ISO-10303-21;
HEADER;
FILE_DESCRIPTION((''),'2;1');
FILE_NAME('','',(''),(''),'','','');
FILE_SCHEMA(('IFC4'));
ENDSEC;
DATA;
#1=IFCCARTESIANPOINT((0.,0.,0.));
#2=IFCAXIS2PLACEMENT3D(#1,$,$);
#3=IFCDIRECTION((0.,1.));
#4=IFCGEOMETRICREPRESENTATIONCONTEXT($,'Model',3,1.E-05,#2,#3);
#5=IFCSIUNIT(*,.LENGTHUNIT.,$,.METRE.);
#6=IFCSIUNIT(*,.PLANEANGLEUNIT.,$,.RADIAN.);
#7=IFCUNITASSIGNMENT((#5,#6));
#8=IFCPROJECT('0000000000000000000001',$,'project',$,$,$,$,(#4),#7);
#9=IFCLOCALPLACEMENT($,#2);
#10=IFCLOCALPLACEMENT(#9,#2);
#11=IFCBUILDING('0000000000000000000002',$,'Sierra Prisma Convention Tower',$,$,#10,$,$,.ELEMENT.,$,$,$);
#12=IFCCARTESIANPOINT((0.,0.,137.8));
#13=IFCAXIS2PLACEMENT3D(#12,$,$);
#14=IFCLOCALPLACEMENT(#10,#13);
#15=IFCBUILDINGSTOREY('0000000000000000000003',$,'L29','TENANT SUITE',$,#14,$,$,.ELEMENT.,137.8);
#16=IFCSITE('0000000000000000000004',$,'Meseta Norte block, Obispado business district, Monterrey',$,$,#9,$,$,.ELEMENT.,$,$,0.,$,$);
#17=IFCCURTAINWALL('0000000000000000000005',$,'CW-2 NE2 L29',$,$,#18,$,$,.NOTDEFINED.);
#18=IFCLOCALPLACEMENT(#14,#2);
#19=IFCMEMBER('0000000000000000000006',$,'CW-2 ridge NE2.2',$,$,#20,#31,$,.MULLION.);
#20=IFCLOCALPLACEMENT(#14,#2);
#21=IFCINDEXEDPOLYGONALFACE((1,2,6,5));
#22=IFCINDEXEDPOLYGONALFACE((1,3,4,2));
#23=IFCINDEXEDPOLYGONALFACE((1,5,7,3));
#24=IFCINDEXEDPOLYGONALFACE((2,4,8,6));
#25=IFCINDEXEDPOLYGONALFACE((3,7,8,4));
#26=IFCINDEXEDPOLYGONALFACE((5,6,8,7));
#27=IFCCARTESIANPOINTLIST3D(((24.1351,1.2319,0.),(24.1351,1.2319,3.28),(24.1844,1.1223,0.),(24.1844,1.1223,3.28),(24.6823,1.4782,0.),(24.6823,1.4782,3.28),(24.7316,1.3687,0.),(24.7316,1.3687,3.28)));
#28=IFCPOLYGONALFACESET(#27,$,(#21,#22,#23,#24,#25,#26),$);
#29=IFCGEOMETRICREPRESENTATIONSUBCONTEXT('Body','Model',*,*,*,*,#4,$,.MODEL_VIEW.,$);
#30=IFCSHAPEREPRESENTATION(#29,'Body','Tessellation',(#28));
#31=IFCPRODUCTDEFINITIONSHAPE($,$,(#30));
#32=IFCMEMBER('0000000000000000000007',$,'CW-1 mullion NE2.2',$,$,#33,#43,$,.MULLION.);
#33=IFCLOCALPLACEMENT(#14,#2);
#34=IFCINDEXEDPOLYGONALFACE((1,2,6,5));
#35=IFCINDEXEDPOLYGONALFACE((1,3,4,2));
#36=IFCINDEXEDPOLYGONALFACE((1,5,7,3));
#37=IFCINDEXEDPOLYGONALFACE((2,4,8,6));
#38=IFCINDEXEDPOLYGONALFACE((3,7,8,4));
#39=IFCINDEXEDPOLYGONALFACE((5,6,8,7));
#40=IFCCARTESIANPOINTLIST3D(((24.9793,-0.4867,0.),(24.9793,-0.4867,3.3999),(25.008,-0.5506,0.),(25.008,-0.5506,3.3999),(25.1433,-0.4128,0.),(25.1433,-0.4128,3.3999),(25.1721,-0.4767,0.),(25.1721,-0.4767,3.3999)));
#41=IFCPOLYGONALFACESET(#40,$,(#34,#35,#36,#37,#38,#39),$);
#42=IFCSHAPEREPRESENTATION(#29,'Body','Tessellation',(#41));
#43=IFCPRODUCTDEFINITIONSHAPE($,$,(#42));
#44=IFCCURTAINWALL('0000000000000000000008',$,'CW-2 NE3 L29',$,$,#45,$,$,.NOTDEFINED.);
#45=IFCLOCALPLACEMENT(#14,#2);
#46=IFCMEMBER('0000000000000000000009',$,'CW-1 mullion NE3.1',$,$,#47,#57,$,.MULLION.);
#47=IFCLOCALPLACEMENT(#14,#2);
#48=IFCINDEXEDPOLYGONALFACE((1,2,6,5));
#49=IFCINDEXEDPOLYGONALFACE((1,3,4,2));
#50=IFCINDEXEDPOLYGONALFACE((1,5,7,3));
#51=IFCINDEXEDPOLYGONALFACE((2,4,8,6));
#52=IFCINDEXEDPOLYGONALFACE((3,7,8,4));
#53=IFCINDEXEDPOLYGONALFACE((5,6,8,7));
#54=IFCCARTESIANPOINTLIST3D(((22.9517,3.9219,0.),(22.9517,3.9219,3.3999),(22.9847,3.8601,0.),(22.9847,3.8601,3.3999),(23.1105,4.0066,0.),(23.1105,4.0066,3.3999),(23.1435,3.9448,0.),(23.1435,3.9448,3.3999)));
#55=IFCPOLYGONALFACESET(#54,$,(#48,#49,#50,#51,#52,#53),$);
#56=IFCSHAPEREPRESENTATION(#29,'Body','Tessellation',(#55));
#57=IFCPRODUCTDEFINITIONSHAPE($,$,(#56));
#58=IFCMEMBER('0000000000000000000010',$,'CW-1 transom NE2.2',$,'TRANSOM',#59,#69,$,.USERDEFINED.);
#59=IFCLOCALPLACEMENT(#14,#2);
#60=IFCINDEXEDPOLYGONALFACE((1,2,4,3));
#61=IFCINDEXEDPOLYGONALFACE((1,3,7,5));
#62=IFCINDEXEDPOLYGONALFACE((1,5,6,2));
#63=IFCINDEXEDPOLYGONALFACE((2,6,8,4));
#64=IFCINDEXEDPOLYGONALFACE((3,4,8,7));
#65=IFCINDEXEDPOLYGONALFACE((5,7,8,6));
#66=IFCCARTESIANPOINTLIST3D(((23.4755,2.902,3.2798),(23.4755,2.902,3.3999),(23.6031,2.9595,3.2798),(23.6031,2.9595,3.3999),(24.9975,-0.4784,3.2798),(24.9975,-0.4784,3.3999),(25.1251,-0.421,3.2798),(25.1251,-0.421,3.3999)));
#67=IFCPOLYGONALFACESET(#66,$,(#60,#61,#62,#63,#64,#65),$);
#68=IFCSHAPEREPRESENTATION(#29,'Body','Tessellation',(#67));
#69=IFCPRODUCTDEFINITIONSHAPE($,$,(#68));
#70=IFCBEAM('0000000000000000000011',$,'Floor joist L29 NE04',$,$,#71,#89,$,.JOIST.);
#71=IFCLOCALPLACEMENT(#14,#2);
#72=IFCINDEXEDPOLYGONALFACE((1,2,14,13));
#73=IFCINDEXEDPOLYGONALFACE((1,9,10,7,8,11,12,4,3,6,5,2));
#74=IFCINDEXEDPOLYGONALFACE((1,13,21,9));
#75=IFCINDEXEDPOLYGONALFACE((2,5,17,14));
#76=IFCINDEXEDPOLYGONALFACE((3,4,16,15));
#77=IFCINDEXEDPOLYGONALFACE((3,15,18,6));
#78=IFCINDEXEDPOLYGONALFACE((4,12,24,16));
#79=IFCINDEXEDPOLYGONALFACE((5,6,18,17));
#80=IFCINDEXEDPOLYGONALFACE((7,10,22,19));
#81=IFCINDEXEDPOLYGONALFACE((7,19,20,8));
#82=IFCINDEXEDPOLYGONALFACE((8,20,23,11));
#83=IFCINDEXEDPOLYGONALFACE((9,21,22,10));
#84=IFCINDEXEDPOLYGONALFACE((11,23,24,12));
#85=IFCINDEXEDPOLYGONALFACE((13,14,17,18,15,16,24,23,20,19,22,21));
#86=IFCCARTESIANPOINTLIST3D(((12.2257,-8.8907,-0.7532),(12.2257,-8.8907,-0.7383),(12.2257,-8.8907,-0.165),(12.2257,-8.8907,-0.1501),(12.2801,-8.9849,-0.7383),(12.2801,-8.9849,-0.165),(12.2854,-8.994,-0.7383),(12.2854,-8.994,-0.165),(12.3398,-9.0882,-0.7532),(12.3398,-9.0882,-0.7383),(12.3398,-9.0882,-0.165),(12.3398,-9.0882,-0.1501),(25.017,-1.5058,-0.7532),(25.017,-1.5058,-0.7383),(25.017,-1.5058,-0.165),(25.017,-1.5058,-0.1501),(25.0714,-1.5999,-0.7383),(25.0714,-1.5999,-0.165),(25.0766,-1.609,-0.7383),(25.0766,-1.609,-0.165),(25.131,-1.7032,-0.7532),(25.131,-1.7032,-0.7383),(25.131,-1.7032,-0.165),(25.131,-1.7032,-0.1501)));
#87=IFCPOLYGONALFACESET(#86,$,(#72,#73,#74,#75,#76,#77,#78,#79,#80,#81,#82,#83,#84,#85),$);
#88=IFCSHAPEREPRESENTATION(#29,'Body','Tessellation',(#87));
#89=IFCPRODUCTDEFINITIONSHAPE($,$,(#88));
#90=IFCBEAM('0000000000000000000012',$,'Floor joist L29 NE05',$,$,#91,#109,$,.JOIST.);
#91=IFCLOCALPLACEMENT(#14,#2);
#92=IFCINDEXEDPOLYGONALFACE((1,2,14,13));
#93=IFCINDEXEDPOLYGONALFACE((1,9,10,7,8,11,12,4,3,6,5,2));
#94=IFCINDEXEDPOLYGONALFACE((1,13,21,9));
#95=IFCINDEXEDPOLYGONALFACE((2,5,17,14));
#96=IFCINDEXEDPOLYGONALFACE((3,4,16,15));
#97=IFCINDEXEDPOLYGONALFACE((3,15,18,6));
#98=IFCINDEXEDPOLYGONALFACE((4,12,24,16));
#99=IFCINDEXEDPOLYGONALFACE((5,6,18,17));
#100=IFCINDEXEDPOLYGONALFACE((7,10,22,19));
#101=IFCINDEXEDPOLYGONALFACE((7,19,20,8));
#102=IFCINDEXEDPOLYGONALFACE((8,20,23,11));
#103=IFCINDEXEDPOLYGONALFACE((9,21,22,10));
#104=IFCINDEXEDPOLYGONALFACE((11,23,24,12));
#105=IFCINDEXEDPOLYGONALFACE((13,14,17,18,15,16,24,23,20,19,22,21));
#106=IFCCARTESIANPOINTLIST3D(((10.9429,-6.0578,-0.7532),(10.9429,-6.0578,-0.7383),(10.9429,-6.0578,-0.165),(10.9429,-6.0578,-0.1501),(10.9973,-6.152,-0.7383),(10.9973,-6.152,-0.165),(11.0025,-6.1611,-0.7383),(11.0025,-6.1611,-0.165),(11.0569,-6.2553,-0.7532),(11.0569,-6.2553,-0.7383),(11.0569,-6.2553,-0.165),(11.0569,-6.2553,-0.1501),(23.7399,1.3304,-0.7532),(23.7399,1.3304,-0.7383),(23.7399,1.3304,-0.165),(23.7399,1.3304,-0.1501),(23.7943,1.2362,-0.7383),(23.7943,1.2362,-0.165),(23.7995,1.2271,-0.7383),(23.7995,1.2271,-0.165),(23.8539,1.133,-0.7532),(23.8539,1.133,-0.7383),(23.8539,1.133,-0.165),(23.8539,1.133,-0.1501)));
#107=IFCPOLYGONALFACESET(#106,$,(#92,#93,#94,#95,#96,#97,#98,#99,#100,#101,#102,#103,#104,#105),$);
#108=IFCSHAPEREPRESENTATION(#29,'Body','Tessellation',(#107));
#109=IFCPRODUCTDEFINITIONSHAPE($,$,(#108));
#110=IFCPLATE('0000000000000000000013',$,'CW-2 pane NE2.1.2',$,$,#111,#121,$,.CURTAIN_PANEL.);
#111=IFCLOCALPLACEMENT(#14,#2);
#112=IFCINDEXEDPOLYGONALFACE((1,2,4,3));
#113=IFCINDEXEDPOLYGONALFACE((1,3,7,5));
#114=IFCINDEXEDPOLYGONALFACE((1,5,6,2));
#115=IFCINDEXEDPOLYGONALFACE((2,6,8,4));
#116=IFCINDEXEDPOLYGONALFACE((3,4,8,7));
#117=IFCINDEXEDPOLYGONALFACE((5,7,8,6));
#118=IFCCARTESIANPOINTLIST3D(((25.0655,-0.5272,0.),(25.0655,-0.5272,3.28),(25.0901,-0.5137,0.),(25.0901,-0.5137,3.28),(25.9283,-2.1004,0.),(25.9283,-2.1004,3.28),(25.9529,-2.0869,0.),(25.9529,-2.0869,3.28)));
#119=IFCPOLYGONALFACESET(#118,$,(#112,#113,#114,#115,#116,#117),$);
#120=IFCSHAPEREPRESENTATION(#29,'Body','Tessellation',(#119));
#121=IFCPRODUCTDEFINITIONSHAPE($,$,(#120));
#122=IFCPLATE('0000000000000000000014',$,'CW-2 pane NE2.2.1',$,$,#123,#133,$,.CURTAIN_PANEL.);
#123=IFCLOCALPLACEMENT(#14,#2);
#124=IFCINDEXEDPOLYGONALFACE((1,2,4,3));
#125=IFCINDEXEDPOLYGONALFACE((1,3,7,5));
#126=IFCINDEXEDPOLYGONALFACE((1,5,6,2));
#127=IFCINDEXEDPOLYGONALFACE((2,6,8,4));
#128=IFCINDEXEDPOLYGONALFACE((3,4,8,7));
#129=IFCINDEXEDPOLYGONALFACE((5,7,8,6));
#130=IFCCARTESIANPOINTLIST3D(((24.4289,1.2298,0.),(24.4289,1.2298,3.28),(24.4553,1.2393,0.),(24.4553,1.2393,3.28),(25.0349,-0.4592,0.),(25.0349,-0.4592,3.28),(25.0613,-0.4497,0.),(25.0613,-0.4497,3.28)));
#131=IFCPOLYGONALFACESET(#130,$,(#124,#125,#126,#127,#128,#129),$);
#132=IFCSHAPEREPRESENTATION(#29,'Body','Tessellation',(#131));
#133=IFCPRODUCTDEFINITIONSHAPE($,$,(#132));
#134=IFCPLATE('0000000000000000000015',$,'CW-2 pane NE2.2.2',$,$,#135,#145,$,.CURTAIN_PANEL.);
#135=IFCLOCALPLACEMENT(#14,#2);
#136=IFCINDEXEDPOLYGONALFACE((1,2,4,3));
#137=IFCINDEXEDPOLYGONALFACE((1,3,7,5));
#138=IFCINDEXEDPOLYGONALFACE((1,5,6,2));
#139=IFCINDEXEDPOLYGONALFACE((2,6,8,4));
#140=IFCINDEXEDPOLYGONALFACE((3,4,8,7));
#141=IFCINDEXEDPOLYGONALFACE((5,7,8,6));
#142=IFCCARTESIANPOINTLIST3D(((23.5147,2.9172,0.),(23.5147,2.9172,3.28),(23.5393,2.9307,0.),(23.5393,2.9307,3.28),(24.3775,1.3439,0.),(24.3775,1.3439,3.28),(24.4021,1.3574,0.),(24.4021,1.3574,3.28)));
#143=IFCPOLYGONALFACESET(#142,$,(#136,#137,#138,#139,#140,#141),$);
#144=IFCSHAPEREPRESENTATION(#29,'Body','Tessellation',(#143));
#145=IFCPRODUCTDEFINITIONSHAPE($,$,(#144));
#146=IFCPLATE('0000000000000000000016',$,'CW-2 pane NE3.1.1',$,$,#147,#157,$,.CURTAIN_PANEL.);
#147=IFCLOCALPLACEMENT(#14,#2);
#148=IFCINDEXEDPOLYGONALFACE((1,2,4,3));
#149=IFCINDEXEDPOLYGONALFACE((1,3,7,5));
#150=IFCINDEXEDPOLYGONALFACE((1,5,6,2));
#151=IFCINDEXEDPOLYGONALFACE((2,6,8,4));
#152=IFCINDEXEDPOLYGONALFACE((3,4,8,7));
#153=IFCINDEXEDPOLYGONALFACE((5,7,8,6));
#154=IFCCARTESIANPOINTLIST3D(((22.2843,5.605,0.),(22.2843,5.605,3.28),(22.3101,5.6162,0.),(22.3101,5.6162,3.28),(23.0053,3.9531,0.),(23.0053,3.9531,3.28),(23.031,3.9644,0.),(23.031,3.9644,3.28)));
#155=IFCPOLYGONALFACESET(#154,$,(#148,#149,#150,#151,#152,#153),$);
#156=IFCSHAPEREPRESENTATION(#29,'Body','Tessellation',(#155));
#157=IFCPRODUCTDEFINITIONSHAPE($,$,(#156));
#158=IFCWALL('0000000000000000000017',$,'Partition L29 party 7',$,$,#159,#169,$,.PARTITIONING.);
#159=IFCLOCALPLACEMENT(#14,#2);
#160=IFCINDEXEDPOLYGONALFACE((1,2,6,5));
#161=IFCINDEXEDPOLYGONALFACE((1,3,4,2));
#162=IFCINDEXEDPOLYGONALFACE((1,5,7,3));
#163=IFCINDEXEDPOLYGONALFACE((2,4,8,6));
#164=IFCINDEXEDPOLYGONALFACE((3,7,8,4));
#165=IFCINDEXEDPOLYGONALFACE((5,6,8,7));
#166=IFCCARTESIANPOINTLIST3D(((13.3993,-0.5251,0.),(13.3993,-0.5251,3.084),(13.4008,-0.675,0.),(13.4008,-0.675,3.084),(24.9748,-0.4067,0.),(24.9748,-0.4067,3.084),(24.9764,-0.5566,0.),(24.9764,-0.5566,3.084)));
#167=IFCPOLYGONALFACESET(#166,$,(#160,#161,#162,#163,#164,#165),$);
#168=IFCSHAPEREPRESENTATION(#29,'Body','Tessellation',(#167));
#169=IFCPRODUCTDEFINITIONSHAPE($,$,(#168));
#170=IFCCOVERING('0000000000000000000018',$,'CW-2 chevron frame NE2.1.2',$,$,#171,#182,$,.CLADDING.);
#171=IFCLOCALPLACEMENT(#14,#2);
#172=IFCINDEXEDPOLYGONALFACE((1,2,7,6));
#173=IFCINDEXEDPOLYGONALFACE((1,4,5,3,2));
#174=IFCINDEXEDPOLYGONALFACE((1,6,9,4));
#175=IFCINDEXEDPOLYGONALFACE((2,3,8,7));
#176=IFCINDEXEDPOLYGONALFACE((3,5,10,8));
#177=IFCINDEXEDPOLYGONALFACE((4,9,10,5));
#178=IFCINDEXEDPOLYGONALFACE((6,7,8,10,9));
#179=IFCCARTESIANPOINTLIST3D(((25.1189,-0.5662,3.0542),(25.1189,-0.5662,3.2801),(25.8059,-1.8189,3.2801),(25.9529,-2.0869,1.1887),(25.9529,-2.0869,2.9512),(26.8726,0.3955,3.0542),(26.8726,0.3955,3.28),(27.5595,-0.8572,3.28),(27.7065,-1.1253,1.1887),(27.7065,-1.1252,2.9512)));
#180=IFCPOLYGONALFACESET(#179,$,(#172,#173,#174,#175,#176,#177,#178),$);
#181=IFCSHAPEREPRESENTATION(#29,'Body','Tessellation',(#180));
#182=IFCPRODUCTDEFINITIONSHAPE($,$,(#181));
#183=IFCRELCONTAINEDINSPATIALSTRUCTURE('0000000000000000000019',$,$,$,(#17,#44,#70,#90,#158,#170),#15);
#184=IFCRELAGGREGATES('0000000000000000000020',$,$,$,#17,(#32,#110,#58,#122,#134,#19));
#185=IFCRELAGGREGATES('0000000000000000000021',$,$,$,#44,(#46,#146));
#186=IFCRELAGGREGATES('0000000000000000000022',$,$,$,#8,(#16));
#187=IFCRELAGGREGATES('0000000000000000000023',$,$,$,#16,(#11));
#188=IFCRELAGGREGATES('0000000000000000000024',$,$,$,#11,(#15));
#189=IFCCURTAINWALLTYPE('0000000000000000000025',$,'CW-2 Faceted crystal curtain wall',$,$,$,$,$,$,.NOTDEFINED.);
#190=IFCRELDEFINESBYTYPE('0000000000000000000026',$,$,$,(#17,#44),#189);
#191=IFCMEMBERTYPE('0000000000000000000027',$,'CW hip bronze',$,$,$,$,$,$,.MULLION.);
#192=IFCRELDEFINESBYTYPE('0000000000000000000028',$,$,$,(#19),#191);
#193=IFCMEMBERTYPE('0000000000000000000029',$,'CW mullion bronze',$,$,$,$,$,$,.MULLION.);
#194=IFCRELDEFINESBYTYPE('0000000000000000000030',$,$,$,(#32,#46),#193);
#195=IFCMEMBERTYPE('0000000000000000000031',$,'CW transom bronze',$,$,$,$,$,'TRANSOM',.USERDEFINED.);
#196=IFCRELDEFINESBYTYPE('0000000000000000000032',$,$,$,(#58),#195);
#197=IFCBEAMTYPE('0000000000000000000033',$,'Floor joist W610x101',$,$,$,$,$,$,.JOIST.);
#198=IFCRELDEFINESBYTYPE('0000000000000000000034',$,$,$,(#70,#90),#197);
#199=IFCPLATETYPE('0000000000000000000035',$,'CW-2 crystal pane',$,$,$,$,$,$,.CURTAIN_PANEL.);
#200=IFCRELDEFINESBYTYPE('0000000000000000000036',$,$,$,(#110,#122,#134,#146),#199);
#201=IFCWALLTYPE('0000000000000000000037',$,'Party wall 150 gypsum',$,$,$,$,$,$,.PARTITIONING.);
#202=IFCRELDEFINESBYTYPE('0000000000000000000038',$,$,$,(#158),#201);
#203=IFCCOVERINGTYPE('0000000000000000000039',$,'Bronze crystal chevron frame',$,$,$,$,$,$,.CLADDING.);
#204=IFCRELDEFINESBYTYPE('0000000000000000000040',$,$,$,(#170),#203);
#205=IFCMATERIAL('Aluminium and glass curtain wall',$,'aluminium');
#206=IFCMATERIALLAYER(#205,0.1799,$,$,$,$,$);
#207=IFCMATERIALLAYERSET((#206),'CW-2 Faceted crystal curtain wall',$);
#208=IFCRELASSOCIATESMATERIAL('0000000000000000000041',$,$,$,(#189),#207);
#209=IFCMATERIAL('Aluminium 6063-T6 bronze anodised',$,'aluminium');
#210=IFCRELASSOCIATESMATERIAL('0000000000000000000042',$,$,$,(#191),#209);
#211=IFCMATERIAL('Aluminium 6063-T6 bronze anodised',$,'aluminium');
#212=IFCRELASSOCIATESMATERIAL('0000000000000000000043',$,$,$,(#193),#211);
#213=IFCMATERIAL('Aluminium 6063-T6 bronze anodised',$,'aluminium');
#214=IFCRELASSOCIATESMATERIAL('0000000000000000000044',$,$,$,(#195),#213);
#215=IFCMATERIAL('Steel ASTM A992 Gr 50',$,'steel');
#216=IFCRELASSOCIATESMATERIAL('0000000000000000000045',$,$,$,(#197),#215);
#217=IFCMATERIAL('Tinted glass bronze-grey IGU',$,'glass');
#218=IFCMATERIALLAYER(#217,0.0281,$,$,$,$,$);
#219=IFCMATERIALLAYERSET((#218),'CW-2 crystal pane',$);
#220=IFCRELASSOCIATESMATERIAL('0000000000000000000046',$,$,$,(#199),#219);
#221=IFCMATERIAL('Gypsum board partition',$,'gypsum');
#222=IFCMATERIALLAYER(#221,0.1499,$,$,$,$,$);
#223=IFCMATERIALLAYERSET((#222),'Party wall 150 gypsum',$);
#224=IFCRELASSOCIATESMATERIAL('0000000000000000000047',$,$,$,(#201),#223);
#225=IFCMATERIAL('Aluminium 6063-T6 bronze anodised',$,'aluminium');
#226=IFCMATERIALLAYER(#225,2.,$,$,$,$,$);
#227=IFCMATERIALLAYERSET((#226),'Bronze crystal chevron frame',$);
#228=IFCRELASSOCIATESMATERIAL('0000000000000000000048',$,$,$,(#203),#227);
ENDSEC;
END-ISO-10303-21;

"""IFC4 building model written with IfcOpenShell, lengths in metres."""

from ifc_helpers import new_model, si_unit, direction, frame, frame_2d, origin, origin_2d, place, context, subcontext, project, spatial, polyline, rectangle, i_section, outline, extrude, material, layer, layer_set, material_profile, profile_set, type_object, element, aggregate, save


model = new_model("IFC4")

# Units and contexts
model_context = context("Model", 3, precision=1e-05, world=origin(), true_north=direction((0.0, 1.0)))
body_context = subcontext(model_context, "Body", "Model", "MODEL_VIEW")
ifc_project = project(units=[si_unit("LENGTHUNIT", "METRE"), si_unit("PLANEANGLEUNIT", "RADIAN")], contexts=[model_context])

# Site, building, storey
site_placement = place(None, origin())
site = spatial("IfcSite", under=ifc_project, at=site_placement, Name="Meseta Norte block, Obispado business district, Monterrey", CompositionType="ELEMENT", RefElevation=0.0)
building_placement = place(site_placement, origin())
building = spatial("IfcBuilding", under=site, at=building_placement, Name="Sierra Prisma Convention Tower", CompositionType="ELEMENT")
storey_placement = place(building_placement, frame((0.0, 0.0, 137.8)))
storey = spatial("IfcBuildingStorey", under=building, at=storey_placement, Name="L29", Description="TENANT SUITE", CompositionType="ELEMENT", Elevation=137.8)

# Curtain wall, members
ifc_material_1 = material(Name="Aluminium and glass curtain wall", Category="aluminium")
ifc_layer_1 = layer(ifc_material_1, 0.1799)
ifc_layer_set_1 = layer_set([ifc_layer_1], Name="CW-2 Faceted crystal curtain wall")
curtain_wall_type = type_object("IfcCurtainWallType", Name="CW-2 Faceted crystal curtain wall", PredefinedType="NOTDEFINED", material=ifc_layer_set_1)
curtain_wall_1_placement = place(storey_placement, origin())
curtain_wall_1 = element("IfcCurtainWall", 1, at=curtain_wall_1_placement, inside=storey, type_object=curtain_wall_type, Name="CW-2 NE2 L29", PredefinedType="NOTDEFINED")
ifc_material_2 = material(Name="Aluminium 6063-T6 bronze anodised", Category="aluminium")
ifc_material_profile_1 = material_profile(ifc_material_2, rectangle(XDim=0.1201, YDim=0.6001, at=origin_2d()), Name="ALU RIDGE BLADE 120x600")
ifc_profile_set_1 = profile_set([ifc_material_profile_1], Name="Aluminium 6063-T6 bronze anodised")
member_type_1 = type_object("IfcMemberType", Name="CW hip bronze", PredefinedType="MULLION", material=ifc_profile_set_1)
member_1_placement = place(storey_placement, frame((24.4333, 1.3003, 0.0), z_axis=(0.0, 0.0, 1.0), x_axis=(-0.410562, 0.911833, 0.0)))
member_1 = element("IfcMember", 2, at=member_1_placement, type_object=member_type_1, Name="CW-2 ridge NE2.2", PredefinedType="MULLION", context=body_context, shape_type="SweptSolid", body=[
    extrude(rectangle(XDim=0.1201, YDim=0.6001, at=origin_2d()), origin(), (0.0, 0.0, 1.0), 3.28),
])
ifc_material_3 = material(Name="Aluminium 6063-T6 bronze anodised", Category="aluminium")
ifc_material_profile_2 = material_profile(ifc_material_3, rectangle(XDim=0.1799, YDim=0.0701, at=origin_2d()), Name="ALU MULLION 70x180")
ifc_profile_set_2 = profile_set([ifc_material_profile_2], Name="Aluminium 6063-T6 bronze anodised")
member_type_2 = type_object("IfcMemberType", Name="CW mullion bronze", PredefinedType="MULLION", material=ifc_profile_set_2)
member_2_placement = place(storey_placement, frame((25.0757, -0.4817, 0.0), z_axis=(0.0, 0.0, 1.0), x_axis=(-0.911833, -0.410562, 0.0)))
member_2 = element("IfcMember", 3, at=member_2_placement, type_object=member_type_2, Name="CW-1 mullion NE2.2", PredefinedType="MULLION", context=body_context, shape_type="SweptSolid", body=[
    extrude(rectangle(XDim=0.1799, YDim=0.0701, at=origin_2d()), origin(), (0.0, 0.0, 1.0), 3.3999),
])

# Curtain wall, member
curtain_wall_2_placement = place(storey_placement, origin())
curtain_wall_2 = element("IfcCurtainWall", 4, at=curtain_wall_2_placement, inside=storey, type_object=curtain_wall_type, Name="CW-2 NE3 L29", PredefinedType="NOTDEFINED")
member_3_placement = place(storey_placement, frame((23.0476, 3.9333, 0.0), z_axis=(0.0, 0.0, 1.0), x_axis=(-0.882291, -0.470705, 0.0)))
member_3 = element("IfcMember", 5, at=member_3_placement, type_object=member_type_2, Name="CW-1 mullion NE3.1", PredefinedType="MULLION", context=body_context, shape_type="SweptSolid", body=[
    extrude(rectangle(XDim=0.1799, YDim=0.0701, at=origin_2d()), origin(), (0.0, 0.0, 1.0), 3.3999),
])

# Member
ifc_material_4 = material(Name="Aluminium 6063-T6 bronze anodised", Category="aluminium")
ifc_material_profile_3 = material_profile(ifc_material_4, rectangle(XDim=0.1399, YDim=0.1201, at=origin_2d()), Name="ALU TRANSOM 120x140")
ifc_profile_set_3 = profile_set([ifc_material_profile_3], Name="Aluminium 6063-T6 bronze anodised")
member_type_3 = type_object("IfcMemberType", Name="CW transom bronze", ElementType="TRANSOM", PredefinedType="USERDEFINED", material=ifc_profile_set_3)
member_4_placement = place(storey_placement, frame((25.0613, -0.4497, 3.3398), z_axis=(-0.410545, 0.91184, 0.0), x_axis=(-0.91184, -0.410545, 0.0)))
member_4 = element("IfcMember", 6, at=member_4_placement, type_object=member_type_3, Name="CW-1 transom NE2.2", ObjectType="TRANSOM", PredefinedType="USERDEFINED", context=body_context, shape_type="SweptSolid", body=[
    extrude(rectangle(XDim=0.1399, YDim=0.1201, at=origin_2d()), origin(), (0.0, 0.0, 1.0), 3.7073),
])

# Beams
ifc_material_5 = material(Name="Steel ASTM A992 Gr 50", Category="steel")
ifc_material_profile_4 = material_profile(ifc_material_5, i_section(OverallWidth=0.228, OverallDepth=0.603, WebThickness=0.0105, FlangeThickness=0.0149, at=origin_2d()), Name="W610x101")
ifc_profile_set_4 = profile_set([ifc_material_profile_4], Name="Steel ASTM A992 Gr 50")
beam_type = type_object("IfcBeamType", Name="Floor joist W610x101", PredefinedType="JOIST", material=ifc_profile_set_4)
beam_1_placement = place(storey_placement, frame((25.074, -1.6045, -0.4517), z_axis=(-0.866026, -0.499999, 0.0), x_axis=(0.499999, -0.866026, 0.0)))
element("IfcBeam", 7, at=beam_1_placement, inside=storey, type_object=beam_type, Name="Floor joist L29 NE04", PredefinedType="JOIST", context=body_context, shape_type="SweptSolid", body=[
    extrude(i_section(OverallWidth=0.228, OverallDepth=0.603, WebThickness=0.0105, FlangeThickness=0.0149, at=origin_2d()), origin(), (0.0, 0.0, 1.0), 14.77),
])
beam_2_placement = place(storey_placement, frame((23.7969, 1.2317, -0.4517), z_axis=(-0.866028, -0.499995, 0.0), x_axis=(0.499995, -0.866028, 0.0)))
element("IfcBeam", 8, at=beam_2_placement, inside=storey, type_object=beam_type, Name="Floor joist L29 NE05", PredefinedType="JOIST", context=body_context, shape_type="SweptSolid", body=[
    extrude(i_section(OverallWidth=0.228, OverallDepth=0.603, WebThickness=0.0105, FlangeThickness=0.0149, at=origin_2d()), origin(), (0.0, 0.0, 1.0), 14.7766),
])

# Plates
ifc_material_6 = material(Name="Tinted glass bronze-grey IGU", Category="glass")
ifc_layer_2 = layer(ifc_material_6, 0.0281)
ifc_layer_set_2 = layer_set([ifc_layer_2], Name="CW-2 crystal pane")
plate_type = type_object("IfcPlateType", Name="CW-2 crystal pane", PredefinedType="CURTAIN_PANEL", material=ifc_layer_set_2)
plate_1_placement = place(storey_placement, frame((25.0901, -0.5137, 0.0), z_axis=(0.876801, 0.480853, 0.0), x_axis=(0.480853, -0.876801, 0.0)))
plate_1 = element("IfcPlate", 9, at=plate_1_placement, type_object=plate_type, Name="CW-2 pane NE2.1.2", PredefinedType="CURTAIN_PANEL", context=body_context, shape_type="SweptSolid", body=[
    extrude(outline(polyline([(0.0, 0.0), (1.7943, 0.0), (1.7943, -3.28), (0.0, -3.28), (0.0, 0.0)])), origin(), (0.0, 0.0, -1.0), 0.0281),
])
plate_2_placement = place(storey_placement, frame((25.0613, -0.4497, 0.0), z_axis=(0.941255, 0.337698, 0.0), x_axis=(-0.337698, 0.941255, 0.0)))
plate_2 = element("IfcPlate", 10, at=plate_2_placement, type_object=plate_type, Name="CW-2 pane NE2.2.1", PredefinedType="CURTAIN_PANEL", context=body_context, shape_type="SweptSolid", body=[
    extrude(outline(polyline([(0.0, 0.0), (1.7944, 0.0), (1.7944, 3.28), (0.0, 3.28), (0.0, 0.0)])), origin(), (0.0, 0.0, -1.0), 0.0281),
])
plate_3_placement = place(storey_placement, frame((23.5393, 2.9307, 0.0), z_axis=(0.876801, 0.480853, 0.0), x_axis=(0.480853, -0.876801, 0.0)))
plate_3 = element("IfcPlate", 11, at=plate_3_placement, type_object=plate_type, Name="CW-2 pane NE2.2.2", PredefinedType="CURTAIN_PANEL", context=body_context, shape_type="SweptSolid", body=[
    extrude(outline(polyline([(0.0, 0.0), (1.7943, 0.0), (1.7943, -3.28), (0.0, -3.28), (0.0, 0.0)])), origin(), (0.0, 0.0, -1.0), 0.0281),
])
aggregate(curtain_wall_1, [member_2, plate_1, member_4, plate_2, plate_3, member_1])
plate_4_placement = place(storey_placement, frame((23.031, 3.9644, 0.0), z_axis=(0.916511, 0.400009, 0.0), x_axis=(-0.400009, 0.916511, 0.0)))
plate_4 = element("IfcPlate", 12, at=plate_4_placement, type_object=plate_type, Name="CW-2 pane NE3.1.1", PredefinedType="CURTAIN_PANEL", context=body_context, shape_type="SweptSolid", body=[
    extrude(outline(polyline([(0.0, 0.0), (1.8023, 0.0), (1.8023, 3.28), (0.0, 3.28), (0.0, 0.0)])), origin(), (0.0, 0.0, -1.0), 0.0281),
])
aggregate(curtain_wall_2, [member_3, plate_4])

# Wall
ifc_material_7 = material(Name="Gypsum board partition", Category="gypsum")
ifc_layer_3 = layer(ifc_material_7, 0.1499)
ifc_layer_set_3 = layer_set([ifc_layer_3], Name="Party wall 150 gypsum")
wall_type = type_object("IfcWallType", Name="Party wall 150 gypsum", PredefinedType="PARTITIONING", material=ifc_layer_set_3)
wall_placement = place(storey_placement, frame((24.9756, -0.4817, 0.0), z_axis=(0.0, 0.0, 1.0), x_axis=(-0.999948, -0.010229, 0.0)))
element("IfcWall", 13, at=wall_placement, inside=storey, type_object=wall_type, Name="Partition L29 party 7", PredefinedType="PARTITIONING", context=body_context, shape_type="SweptSolid", body=[
    extrude(rectangle(XDim=11.5762, YDim=0.1499, at=frame_2d((5.7881, 0.0))), origin(), (0.0, 0.0, 1.0), 3.084),
])

# Covering
ifc_material_8 = material(Name="Aluminium 6063-T6 bronze anodised", Category="aluminium")
ifc_layer_4 = layer(ifc_material_8, 2.0)
ifc_layer_set_4 = layer_set([ifc_layer_4], Name="Bronze crystal chevron frame")
covering_type = type_object("IfcCoveringType", Name="Bronze crystal chevron frame", PredefinedType="CLADDING", material=ifc_layer_set_4)
covering_1_placement = place(storey_placement, frame((27.7065, -1.1252, 2.9512), z_axis=(0.876805, 0.480845, -0.000014), x_axis=(-0.000012, -0.000007, -1.0)))
element("IfcCovering", 14, at=covering_1_placement, inside=storey, type_object=covering_type, Name="CW-2 chevron frame NE2.1.2", PredefinedType="CLADDING", context=body_context, shape_type="SweptSolid", body=[
    extrude(outline(polyline([(0.0, 0.0), (1.7625, 0.0), (-0.103, 1.7344), (-0.3289, 1.7344), (-0.3289, 0.3057), (0.0, 0.0)])), origin(), (0.0, 0.0, -1.0), 2.0),
])

save(model, "model.ifc")
